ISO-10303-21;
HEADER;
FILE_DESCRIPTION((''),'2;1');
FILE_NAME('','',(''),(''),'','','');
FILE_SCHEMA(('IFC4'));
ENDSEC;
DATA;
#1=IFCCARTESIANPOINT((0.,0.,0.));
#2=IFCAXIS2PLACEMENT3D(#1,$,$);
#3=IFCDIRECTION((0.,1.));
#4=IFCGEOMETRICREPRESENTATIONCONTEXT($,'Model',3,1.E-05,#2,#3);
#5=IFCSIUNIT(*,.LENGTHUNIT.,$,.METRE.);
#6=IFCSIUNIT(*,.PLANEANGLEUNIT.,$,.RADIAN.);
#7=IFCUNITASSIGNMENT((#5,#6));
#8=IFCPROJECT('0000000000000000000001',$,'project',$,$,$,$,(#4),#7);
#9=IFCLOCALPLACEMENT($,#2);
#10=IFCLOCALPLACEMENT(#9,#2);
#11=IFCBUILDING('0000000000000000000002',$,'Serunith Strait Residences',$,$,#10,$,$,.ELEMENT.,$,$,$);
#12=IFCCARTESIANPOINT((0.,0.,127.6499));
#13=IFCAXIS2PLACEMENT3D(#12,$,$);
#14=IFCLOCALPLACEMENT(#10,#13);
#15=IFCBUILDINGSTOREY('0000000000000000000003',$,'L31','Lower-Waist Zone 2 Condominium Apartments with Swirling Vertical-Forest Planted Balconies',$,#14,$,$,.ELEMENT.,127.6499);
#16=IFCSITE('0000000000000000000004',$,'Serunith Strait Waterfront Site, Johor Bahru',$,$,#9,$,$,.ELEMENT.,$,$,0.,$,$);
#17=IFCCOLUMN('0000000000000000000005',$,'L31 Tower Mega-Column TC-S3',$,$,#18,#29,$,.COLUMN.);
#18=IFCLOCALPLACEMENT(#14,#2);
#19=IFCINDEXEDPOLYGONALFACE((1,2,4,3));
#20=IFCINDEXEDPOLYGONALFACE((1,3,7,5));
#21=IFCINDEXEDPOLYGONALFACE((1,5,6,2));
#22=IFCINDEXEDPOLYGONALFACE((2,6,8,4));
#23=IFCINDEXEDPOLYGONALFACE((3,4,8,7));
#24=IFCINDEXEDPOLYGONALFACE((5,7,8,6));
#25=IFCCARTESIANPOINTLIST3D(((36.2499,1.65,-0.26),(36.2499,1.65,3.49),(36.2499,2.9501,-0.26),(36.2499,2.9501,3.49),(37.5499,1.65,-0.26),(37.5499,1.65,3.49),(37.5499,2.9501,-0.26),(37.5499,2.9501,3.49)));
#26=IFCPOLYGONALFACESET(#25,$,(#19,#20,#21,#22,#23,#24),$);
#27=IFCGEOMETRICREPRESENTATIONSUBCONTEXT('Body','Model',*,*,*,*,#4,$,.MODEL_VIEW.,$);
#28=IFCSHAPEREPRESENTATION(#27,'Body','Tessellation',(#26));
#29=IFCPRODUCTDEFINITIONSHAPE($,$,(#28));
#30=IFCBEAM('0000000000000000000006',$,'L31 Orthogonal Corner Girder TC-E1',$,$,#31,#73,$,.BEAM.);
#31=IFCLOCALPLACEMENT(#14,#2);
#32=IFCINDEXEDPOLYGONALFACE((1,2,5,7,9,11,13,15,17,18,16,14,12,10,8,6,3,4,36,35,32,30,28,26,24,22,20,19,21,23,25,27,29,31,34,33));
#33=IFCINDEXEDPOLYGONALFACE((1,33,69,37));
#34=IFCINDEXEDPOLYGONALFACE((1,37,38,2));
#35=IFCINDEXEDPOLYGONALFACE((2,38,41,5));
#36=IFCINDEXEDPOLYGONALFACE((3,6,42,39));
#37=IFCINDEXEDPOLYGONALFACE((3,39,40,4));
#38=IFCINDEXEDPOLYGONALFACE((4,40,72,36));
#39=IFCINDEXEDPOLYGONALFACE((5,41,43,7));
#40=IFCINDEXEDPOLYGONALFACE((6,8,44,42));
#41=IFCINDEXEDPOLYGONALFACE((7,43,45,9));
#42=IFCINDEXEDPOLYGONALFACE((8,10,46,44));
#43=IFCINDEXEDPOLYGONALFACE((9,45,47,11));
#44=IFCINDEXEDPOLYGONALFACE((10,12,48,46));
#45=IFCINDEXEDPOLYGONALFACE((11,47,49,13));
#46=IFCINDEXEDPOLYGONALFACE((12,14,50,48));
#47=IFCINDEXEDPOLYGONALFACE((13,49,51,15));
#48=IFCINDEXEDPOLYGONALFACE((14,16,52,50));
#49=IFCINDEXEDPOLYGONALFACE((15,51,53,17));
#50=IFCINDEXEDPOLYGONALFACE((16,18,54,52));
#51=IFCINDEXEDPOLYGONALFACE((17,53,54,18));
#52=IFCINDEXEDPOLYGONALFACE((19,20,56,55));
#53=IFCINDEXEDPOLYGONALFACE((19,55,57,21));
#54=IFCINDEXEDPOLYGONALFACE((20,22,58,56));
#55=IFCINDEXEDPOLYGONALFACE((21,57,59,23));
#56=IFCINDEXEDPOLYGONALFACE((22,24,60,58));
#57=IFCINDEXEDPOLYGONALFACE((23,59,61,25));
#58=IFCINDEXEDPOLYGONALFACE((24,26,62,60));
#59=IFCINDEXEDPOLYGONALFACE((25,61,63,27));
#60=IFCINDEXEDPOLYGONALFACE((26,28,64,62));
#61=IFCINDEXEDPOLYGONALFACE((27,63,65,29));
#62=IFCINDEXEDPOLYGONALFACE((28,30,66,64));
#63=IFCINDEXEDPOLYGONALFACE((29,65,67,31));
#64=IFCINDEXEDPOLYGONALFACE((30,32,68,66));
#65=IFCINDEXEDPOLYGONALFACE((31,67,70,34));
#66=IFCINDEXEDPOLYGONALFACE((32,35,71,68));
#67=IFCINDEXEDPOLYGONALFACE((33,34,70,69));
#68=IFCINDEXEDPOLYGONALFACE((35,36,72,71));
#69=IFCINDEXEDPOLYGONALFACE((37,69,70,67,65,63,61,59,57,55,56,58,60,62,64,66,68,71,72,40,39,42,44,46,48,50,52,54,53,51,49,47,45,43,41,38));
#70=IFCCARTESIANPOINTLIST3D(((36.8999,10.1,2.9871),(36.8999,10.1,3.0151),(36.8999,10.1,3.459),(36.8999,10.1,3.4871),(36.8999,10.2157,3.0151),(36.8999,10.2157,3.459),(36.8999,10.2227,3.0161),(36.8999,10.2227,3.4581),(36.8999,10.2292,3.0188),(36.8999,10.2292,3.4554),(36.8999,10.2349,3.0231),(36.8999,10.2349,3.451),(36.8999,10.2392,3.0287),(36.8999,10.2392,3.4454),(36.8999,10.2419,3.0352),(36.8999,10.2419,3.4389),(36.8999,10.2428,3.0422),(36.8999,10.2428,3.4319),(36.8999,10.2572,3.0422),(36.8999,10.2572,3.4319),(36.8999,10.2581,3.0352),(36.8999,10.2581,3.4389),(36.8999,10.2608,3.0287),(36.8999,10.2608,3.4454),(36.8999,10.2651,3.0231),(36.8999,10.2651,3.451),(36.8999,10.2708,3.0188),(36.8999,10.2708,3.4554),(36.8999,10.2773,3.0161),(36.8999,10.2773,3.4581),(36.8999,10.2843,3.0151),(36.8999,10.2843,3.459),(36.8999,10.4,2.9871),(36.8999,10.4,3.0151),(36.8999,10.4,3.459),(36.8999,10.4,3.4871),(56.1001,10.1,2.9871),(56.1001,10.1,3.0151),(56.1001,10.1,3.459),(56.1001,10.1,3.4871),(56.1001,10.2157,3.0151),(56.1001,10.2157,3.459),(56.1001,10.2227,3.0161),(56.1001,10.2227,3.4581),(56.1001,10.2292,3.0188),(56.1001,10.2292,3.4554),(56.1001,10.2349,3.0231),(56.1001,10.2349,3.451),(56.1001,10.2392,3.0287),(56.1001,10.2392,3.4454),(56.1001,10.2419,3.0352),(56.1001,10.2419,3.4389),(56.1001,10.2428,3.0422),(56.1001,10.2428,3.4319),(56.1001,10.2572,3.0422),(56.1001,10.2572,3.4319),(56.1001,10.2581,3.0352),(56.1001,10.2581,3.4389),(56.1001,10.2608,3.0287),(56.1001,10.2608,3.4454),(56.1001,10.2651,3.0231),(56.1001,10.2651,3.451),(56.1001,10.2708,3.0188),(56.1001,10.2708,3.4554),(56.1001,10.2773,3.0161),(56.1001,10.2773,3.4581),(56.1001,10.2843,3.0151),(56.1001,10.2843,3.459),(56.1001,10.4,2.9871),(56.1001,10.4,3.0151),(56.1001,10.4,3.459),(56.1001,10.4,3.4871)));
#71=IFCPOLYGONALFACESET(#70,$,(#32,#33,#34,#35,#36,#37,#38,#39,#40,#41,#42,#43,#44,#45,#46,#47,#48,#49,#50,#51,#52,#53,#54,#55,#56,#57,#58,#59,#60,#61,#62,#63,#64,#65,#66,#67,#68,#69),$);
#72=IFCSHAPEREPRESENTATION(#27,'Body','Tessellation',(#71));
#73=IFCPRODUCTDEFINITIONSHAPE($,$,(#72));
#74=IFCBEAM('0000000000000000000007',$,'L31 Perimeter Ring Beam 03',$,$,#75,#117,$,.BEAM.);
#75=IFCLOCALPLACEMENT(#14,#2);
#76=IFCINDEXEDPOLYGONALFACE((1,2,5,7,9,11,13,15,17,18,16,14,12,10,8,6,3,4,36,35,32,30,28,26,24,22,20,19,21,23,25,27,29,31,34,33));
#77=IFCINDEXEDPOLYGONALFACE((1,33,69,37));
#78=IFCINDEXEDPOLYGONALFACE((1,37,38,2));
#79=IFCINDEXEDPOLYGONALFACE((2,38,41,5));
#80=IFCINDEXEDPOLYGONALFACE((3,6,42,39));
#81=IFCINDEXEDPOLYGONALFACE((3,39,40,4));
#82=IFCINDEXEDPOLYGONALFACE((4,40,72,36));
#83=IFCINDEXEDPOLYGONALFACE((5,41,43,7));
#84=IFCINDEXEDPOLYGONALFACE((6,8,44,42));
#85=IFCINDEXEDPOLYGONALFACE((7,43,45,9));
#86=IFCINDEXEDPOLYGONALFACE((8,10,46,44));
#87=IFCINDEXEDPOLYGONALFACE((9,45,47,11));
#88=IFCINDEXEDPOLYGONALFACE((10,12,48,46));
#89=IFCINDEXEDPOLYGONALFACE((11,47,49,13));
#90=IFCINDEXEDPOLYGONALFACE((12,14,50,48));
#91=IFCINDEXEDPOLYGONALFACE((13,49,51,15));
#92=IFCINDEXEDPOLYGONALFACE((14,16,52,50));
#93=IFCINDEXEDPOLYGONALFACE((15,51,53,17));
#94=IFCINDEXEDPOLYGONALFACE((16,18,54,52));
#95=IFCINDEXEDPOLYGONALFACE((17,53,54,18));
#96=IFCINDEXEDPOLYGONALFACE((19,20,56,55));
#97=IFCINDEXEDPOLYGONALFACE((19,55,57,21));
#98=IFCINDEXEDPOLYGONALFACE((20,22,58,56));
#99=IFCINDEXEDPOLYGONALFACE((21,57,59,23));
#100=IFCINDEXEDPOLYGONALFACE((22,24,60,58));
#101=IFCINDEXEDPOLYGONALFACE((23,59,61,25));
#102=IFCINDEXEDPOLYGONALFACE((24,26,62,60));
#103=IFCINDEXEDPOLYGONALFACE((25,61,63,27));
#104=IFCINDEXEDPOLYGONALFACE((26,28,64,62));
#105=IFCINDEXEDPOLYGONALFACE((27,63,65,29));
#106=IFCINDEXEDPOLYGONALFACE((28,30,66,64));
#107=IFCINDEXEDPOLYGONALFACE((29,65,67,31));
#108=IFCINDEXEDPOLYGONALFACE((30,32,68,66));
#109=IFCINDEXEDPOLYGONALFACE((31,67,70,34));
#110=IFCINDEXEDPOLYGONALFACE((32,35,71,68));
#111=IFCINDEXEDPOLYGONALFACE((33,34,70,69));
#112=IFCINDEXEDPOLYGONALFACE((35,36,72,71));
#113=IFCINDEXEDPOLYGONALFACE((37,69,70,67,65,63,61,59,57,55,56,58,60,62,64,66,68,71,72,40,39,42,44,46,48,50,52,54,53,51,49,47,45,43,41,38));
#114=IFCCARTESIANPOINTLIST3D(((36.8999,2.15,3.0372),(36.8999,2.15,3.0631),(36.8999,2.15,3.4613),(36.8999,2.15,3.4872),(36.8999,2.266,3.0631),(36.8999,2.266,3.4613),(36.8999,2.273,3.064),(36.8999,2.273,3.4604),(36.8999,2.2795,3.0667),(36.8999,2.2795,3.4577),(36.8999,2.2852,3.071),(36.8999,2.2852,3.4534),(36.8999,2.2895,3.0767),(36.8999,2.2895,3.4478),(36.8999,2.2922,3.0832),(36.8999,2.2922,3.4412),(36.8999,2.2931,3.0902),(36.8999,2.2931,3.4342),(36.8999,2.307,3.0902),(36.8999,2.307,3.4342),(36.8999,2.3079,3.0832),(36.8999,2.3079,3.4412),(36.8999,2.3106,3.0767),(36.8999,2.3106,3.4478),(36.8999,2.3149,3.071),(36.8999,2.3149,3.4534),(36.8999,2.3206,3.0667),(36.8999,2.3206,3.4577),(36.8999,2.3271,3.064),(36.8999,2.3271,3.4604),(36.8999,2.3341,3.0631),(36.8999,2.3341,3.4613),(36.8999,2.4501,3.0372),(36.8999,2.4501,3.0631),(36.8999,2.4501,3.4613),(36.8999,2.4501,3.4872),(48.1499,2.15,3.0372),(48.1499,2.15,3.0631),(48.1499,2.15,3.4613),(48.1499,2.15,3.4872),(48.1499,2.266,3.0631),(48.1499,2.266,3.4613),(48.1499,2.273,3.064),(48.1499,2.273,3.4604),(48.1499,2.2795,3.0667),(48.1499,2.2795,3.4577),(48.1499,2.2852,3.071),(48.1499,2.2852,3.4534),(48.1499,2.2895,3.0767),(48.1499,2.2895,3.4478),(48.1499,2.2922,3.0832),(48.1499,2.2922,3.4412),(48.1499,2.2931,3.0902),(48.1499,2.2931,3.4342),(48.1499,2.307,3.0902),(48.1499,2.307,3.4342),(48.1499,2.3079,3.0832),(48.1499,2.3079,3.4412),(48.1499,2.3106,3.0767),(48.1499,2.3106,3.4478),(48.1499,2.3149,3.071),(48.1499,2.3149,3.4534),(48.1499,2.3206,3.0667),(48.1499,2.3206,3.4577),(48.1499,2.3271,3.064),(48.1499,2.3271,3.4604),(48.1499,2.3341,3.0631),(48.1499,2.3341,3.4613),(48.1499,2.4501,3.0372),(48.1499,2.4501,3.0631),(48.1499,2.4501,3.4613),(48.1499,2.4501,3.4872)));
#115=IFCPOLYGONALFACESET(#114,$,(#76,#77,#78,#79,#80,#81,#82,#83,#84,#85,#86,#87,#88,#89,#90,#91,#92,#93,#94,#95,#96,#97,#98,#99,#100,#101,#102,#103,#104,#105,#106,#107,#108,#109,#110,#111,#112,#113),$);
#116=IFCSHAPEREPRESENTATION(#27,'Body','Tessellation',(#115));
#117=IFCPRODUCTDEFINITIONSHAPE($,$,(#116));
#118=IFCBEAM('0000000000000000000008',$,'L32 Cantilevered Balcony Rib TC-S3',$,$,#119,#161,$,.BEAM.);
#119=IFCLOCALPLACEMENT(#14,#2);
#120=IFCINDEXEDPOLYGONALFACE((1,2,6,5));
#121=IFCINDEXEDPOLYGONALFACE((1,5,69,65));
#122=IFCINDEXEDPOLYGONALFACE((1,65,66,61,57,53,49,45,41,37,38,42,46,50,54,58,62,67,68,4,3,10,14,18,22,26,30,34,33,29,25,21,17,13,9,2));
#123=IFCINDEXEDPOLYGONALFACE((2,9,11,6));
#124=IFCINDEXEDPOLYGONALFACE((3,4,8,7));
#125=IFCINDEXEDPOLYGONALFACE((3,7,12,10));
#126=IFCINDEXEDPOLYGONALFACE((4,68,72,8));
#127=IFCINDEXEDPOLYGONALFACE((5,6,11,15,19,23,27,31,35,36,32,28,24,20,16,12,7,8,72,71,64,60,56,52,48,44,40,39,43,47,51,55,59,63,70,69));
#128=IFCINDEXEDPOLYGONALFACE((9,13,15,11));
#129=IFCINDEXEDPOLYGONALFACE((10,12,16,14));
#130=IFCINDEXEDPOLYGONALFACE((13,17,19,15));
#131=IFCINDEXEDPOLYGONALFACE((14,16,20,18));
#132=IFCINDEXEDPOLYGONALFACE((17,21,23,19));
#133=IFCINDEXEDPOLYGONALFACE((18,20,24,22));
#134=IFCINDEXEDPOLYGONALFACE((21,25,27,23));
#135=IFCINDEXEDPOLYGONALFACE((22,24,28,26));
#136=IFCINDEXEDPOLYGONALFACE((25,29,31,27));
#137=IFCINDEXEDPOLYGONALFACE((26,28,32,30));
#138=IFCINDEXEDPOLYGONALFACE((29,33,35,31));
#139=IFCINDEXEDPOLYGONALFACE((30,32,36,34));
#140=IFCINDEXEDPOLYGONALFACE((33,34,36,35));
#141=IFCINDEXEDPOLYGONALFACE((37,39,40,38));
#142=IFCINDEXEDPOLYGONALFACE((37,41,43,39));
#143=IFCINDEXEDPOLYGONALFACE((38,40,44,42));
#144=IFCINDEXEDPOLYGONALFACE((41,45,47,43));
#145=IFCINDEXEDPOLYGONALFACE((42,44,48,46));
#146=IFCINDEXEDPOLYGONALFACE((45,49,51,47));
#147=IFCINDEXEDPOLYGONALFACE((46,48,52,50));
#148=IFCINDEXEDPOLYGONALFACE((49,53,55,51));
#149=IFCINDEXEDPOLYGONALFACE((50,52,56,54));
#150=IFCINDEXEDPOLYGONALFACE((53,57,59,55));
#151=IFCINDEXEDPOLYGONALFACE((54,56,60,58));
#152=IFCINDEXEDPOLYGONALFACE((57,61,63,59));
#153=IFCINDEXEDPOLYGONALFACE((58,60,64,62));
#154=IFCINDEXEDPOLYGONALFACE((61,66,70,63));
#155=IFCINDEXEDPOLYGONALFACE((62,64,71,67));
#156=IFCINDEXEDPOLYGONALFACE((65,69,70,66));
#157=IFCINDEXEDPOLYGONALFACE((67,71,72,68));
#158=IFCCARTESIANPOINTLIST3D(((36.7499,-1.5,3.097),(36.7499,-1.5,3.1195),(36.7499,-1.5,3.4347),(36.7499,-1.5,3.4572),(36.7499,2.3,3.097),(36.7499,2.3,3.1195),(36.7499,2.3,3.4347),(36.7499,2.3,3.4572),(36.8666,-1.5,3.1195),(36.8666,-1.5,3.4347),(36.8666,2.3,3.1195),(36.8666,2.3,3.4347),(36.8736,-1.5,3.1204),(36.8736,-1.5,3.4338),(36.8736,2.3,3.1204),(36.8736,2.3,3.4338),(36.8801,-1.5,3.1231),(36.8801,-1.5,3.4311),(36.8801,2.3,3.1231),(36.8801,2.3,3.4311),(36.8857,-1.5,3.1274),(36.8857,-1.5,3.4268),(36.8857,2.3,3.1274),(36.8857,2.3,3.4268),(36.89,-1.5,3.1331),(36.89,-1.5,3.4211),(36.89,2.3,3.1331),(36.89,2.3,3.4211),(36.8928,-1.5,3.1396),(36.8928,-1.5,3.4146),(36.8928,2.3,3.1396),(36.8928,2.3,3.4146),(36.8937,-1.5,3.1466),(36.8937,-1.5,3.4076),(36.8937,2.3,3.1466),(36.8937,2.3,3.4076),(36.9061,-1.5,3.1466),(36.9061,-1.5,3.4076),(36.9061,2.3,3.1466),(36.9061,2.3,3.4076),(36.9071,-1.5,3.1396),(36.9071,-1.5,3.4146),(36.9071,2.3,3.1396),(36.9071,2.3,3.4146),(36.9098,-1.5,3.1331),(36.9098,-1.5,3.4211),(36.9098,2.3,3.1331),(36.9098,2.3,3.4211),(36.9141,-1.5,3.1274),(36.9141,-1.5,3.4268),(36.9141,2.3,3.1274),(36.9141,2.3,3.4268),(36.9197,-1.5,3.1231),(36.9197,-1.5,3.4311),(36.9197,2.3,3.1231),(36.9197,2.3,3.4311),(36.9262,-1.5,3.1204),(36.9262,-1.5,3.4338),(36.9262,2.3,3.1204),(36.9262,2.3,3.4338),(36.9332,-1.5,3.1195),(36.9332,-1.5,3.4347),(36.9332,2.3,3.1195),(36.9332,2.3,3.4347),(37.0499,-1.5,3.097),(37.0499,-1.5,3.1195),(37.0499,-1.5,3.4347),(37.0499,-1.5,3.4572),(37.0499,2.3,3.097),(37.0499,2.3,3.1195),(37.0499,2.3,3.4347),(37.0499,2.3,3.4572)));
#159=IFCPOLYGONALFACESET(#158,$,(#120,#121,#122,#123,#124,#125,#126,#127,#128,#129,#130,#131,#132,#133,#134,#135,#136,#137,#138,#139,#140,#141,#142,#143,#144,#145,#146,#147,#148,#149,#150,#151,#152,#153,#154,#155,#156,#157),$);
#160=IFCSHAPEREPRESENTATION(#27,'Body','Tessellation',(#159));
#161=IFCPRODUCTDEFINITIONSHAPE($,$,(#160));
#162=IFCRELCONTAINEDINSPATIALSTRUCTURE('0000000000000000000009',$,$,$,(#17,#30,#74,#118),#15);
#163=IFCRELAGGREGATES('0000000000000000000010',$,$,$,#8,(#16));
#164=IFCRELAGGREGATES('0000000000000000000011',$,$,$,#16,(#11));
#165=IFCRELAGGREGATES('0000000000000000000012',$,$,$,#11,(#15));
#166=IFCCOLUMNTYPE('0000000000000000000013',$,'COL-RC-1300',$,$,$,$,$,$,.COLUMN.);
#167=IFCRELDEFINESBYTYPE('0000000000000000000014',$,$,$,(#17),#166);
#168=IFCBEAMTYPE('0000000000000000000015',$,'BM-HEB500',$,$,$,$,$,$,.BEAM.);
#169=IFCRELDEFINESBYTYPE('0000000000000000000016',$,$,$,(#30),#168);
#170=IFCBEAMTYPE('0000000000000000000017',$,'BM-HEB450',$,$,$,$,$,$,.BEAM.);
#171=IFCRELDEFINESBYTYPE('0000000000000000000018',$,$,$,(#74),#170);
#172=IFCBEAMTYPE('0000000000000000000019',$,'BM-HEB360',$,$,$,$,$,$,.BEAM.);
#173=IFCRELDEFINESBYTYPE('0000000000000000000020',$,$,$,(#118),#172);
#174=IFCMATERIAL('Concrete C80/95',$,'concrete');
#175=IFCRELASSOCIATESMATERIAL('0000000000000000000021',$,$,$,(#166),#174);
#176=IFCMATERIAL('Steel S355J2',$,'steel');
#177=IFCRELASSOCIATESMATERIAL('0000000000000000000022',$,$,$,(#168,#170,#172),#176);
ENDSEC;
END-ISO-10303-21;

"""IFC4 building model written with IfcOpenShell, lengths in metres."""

from ifc_helpers import new_model, si_unit, direction, frame, origin, origin_2d, place, context, subcontext, project, spatial, rectangle, i_section, extrude, source, transform, mapped, material, material_profile, profile_set, type_object, element, save


model = new_model("IFC4")

# Units and contexts
model_context = context("Model", 3, precision=1e-05, world=origin(), true_north=direction((0.0, 1.0)))
body_context = subcontext(model_context, "Body", "Model", "MODEL_VIEW")
ifc_project = project(units=[si_unit("LENGTHUNIT", "METRE"), si_unit("PLANEANGLEUNIT", "RADIAN")], contexts=[model_context])

# Site, building, storey
site_placement = place(None, origin())
site = spatial("IfcSite", under=ifc_project, at=site_placement, Name="Serunith Strait Waterfront Site, Johor Bahru", CompositionType="ELEMENT", RefElevation=0.0)
building_placement = place(site_placement, origin())
building = spatial("IfcBuilding", under=site, at=building_placement, Name="Serunith Strait Residences", CompositionType="ELEMENT")
storey_placement = place(building_placement, frame((0.0, 0.0, 127.6499)))
storey = spatial("IfcBuildingStorey", under=building, at=storey_placement, Name="L31", Description="Lower-Waist Zone 2 Condominium Apartments with Swirling Vertical-Forest Planted Balconies", CompositionType="ELEMENT", Elevation=127.6499)

# Column
ifc_material_1 = material(Name="Concrete C80/95", Category="concrete")
ifc_material_profile_1 = material_profile(ifc_material_1, rectangle(XDim=1.3, YDim=1.3, at=origin_2d()), Name="RC 1300x1300")
ifc_profile_set_1 = profile_set([ifc_material_profile_1], Name="Concrete C80/95")
column_type = type_object("IfcColumnType", Name="COL-RC-1300", PredefinedType="COLUMN", material=ifc_profile_set_1)
shared_shape_1 = source(origin(), body_context, "Body", "SweptSolid", [
    extrude(rectangle(XDim=1.3, YDim=1.3, at=origin_2d()), origin(), (0.0, 0.0, 1.0), 3.75),
])
column_placement = place(storey_placement, frame((36.8999, 2.3, -0.26), z_axis=(0.0, 0.0, 1.0), x_axis=(1.0, 0.0, 0.0)))
element("IfcColumn", 1, at=column_placement, inside=storey, type_object=column_type, Name="L31 Tower Mega-Column TC-S3", PredefinedType="COLUMN", context=body_context, shape_type="MappedRepresentation", body=[
    mapped(shared_shape_1, transform((0.0, 0.0, 0.0), scale=1.0)),
])

# Beams
ifc_material_2 = material(Name="Steel S355J2", Category="steel")
ifc_material_profile_2 = material_profile(ifc_material_2, i_section(OverallWidth=0.3, OverallDepth=0.5, WebThickness=0.0144, FlangeThickness=0.0281, FilletRadius=0.0271, at=origin_2d()), Name="HEB 500")
ifc_profile_set_2 = profile_set([ifc_material_profile_2], Name="Steel S355J2")
beam_type_1 = type_object("IfcBeamType", Name="BM-HEB500", PredefinedType="BEAM", material=ifc_profile_set_2)
shared_shape_2 = source(origin(), body_context, "Body", "SweptSolid", [
    extrude(i_section(OverallWidth=0.3, OverallDepth=0.5, WebThickness=0.0144, FlangeThickness=0.0281, FilletRadius=0.0271, at=origin_2d()), origin(), (0.0, 0.0, 1.0), 19.2002),
])
beam_1_placement = place(storey_placement, frame((36.8999, 10.25, 3.2371), z_axis=(1.0, 0.0, 0.0), x_axis=(0.0, 1.0, 0.0)))
element("IfcBeam", 2, at=beam_1_placement, inside=storey, type_object=beam_type_1, Name="L31 Orthogonal Corner Girder TC-E1", PredefinedType="BEAM", context=body_context, shape_type="MappedRepresentation", body=[
    mapped(shared_shape_2, transform((0.0, 0.0, 0.0), scale=1.0)),
])
ifc_material_profile_3 = material_profile(ifc_material_2, i_section(OverallWidth=0.3, OverallDepth=0.45, WebThickness=0.0139, FlangeThickness=0.0259, FilletRadius=0.0271, at=origin_2d()), Name="HEB 450")
ifc_profile_set_3 = profile_set([ifc_material_profile_3], Name="Steel S355J2")
beam_type_2 = type_object("IfcBeamType", Name="BM-HEB450", PredefinedType="BEAM", material=ifc_profile_set_3)
shared_shape_3 = source(origin(), body_context, "Body", "SweptSolid", [
    extrude(i_section(OverallWidth=0.3, OverallDepth=0.45, WebThickness=0.0139, FlangeThickness=0.0259, FilletRadius=0.0271, at=origin_2d()), origin(), (0.0, 0.0, 1.0), 11.25),
])
beam_2_placement = place(storey_placement, frame((36.8999, 2.3, 3.2622), z_axis=(1.0, 0.0, 0.0), x_axis=(0.0, 1.0, 0.0)))
element("IfcBeam", 3, at=beam_2_placement, inside=storey, type_object=beam_type_2, Name="L31 Perimeter Ring Beam 03", PredefinedType="BEAM", context=body_context, shape_type="MappedRepresentation", body=[
    mapped(shared_shape_3, transform((0.0, 0.0, 0.0), scale=1.0)),
])
ifc_material_profile_4 = material_profile(ifc_material_2, i_section(OverallWidth=0.3, OverallDepth=0.3601, WebThickness=0.0125, FlangeThickness=0.0225, FilletRadius=0.0271, at=origin_2d()), Name="HEB 360")
ifc_profile_set_4 = profile_set([ifc_material_profile_4], Name="Steel S355J2")
beam_type_3 = type_object("IfcBeamType", Name="BM-HEB360", PredefinedType="BEAM", material=ifc_profile_set_4)
shared_shape_4 = source(origin(), body_context, "Body", "SweptSolid", [
    extrude(i_section(OverallWidth=0.3, OverallDepth=0.3601, WebThickness=0.0125, FlangeThickness=0.0225, FilletRadius=0.0271, at=origin_2d()), origin(), (0.0, 0.0, 1.0), 3.8),
])
beam_3_placement = place(storey_placement, frame((36.8999, 2.3, 3.2771), z_axis=(0.0, -1.0, 0.0), x_axis=(1.0, 0.0, 0.0)))
element("IfcBeam", 4, at=beam_3_placement, inside=storey, type_object=beam_type_3, Name="L32 Cantilevered Balcony Rib TC-S3", PredefinedType="BEAM", context=body_context, shape_type="MappedRepresentation", body=[
    mapped(shared_shape_4, transform((0.0, 0.0, 0.0), scale=1.0)),
])

save(model, "model.ifc")
